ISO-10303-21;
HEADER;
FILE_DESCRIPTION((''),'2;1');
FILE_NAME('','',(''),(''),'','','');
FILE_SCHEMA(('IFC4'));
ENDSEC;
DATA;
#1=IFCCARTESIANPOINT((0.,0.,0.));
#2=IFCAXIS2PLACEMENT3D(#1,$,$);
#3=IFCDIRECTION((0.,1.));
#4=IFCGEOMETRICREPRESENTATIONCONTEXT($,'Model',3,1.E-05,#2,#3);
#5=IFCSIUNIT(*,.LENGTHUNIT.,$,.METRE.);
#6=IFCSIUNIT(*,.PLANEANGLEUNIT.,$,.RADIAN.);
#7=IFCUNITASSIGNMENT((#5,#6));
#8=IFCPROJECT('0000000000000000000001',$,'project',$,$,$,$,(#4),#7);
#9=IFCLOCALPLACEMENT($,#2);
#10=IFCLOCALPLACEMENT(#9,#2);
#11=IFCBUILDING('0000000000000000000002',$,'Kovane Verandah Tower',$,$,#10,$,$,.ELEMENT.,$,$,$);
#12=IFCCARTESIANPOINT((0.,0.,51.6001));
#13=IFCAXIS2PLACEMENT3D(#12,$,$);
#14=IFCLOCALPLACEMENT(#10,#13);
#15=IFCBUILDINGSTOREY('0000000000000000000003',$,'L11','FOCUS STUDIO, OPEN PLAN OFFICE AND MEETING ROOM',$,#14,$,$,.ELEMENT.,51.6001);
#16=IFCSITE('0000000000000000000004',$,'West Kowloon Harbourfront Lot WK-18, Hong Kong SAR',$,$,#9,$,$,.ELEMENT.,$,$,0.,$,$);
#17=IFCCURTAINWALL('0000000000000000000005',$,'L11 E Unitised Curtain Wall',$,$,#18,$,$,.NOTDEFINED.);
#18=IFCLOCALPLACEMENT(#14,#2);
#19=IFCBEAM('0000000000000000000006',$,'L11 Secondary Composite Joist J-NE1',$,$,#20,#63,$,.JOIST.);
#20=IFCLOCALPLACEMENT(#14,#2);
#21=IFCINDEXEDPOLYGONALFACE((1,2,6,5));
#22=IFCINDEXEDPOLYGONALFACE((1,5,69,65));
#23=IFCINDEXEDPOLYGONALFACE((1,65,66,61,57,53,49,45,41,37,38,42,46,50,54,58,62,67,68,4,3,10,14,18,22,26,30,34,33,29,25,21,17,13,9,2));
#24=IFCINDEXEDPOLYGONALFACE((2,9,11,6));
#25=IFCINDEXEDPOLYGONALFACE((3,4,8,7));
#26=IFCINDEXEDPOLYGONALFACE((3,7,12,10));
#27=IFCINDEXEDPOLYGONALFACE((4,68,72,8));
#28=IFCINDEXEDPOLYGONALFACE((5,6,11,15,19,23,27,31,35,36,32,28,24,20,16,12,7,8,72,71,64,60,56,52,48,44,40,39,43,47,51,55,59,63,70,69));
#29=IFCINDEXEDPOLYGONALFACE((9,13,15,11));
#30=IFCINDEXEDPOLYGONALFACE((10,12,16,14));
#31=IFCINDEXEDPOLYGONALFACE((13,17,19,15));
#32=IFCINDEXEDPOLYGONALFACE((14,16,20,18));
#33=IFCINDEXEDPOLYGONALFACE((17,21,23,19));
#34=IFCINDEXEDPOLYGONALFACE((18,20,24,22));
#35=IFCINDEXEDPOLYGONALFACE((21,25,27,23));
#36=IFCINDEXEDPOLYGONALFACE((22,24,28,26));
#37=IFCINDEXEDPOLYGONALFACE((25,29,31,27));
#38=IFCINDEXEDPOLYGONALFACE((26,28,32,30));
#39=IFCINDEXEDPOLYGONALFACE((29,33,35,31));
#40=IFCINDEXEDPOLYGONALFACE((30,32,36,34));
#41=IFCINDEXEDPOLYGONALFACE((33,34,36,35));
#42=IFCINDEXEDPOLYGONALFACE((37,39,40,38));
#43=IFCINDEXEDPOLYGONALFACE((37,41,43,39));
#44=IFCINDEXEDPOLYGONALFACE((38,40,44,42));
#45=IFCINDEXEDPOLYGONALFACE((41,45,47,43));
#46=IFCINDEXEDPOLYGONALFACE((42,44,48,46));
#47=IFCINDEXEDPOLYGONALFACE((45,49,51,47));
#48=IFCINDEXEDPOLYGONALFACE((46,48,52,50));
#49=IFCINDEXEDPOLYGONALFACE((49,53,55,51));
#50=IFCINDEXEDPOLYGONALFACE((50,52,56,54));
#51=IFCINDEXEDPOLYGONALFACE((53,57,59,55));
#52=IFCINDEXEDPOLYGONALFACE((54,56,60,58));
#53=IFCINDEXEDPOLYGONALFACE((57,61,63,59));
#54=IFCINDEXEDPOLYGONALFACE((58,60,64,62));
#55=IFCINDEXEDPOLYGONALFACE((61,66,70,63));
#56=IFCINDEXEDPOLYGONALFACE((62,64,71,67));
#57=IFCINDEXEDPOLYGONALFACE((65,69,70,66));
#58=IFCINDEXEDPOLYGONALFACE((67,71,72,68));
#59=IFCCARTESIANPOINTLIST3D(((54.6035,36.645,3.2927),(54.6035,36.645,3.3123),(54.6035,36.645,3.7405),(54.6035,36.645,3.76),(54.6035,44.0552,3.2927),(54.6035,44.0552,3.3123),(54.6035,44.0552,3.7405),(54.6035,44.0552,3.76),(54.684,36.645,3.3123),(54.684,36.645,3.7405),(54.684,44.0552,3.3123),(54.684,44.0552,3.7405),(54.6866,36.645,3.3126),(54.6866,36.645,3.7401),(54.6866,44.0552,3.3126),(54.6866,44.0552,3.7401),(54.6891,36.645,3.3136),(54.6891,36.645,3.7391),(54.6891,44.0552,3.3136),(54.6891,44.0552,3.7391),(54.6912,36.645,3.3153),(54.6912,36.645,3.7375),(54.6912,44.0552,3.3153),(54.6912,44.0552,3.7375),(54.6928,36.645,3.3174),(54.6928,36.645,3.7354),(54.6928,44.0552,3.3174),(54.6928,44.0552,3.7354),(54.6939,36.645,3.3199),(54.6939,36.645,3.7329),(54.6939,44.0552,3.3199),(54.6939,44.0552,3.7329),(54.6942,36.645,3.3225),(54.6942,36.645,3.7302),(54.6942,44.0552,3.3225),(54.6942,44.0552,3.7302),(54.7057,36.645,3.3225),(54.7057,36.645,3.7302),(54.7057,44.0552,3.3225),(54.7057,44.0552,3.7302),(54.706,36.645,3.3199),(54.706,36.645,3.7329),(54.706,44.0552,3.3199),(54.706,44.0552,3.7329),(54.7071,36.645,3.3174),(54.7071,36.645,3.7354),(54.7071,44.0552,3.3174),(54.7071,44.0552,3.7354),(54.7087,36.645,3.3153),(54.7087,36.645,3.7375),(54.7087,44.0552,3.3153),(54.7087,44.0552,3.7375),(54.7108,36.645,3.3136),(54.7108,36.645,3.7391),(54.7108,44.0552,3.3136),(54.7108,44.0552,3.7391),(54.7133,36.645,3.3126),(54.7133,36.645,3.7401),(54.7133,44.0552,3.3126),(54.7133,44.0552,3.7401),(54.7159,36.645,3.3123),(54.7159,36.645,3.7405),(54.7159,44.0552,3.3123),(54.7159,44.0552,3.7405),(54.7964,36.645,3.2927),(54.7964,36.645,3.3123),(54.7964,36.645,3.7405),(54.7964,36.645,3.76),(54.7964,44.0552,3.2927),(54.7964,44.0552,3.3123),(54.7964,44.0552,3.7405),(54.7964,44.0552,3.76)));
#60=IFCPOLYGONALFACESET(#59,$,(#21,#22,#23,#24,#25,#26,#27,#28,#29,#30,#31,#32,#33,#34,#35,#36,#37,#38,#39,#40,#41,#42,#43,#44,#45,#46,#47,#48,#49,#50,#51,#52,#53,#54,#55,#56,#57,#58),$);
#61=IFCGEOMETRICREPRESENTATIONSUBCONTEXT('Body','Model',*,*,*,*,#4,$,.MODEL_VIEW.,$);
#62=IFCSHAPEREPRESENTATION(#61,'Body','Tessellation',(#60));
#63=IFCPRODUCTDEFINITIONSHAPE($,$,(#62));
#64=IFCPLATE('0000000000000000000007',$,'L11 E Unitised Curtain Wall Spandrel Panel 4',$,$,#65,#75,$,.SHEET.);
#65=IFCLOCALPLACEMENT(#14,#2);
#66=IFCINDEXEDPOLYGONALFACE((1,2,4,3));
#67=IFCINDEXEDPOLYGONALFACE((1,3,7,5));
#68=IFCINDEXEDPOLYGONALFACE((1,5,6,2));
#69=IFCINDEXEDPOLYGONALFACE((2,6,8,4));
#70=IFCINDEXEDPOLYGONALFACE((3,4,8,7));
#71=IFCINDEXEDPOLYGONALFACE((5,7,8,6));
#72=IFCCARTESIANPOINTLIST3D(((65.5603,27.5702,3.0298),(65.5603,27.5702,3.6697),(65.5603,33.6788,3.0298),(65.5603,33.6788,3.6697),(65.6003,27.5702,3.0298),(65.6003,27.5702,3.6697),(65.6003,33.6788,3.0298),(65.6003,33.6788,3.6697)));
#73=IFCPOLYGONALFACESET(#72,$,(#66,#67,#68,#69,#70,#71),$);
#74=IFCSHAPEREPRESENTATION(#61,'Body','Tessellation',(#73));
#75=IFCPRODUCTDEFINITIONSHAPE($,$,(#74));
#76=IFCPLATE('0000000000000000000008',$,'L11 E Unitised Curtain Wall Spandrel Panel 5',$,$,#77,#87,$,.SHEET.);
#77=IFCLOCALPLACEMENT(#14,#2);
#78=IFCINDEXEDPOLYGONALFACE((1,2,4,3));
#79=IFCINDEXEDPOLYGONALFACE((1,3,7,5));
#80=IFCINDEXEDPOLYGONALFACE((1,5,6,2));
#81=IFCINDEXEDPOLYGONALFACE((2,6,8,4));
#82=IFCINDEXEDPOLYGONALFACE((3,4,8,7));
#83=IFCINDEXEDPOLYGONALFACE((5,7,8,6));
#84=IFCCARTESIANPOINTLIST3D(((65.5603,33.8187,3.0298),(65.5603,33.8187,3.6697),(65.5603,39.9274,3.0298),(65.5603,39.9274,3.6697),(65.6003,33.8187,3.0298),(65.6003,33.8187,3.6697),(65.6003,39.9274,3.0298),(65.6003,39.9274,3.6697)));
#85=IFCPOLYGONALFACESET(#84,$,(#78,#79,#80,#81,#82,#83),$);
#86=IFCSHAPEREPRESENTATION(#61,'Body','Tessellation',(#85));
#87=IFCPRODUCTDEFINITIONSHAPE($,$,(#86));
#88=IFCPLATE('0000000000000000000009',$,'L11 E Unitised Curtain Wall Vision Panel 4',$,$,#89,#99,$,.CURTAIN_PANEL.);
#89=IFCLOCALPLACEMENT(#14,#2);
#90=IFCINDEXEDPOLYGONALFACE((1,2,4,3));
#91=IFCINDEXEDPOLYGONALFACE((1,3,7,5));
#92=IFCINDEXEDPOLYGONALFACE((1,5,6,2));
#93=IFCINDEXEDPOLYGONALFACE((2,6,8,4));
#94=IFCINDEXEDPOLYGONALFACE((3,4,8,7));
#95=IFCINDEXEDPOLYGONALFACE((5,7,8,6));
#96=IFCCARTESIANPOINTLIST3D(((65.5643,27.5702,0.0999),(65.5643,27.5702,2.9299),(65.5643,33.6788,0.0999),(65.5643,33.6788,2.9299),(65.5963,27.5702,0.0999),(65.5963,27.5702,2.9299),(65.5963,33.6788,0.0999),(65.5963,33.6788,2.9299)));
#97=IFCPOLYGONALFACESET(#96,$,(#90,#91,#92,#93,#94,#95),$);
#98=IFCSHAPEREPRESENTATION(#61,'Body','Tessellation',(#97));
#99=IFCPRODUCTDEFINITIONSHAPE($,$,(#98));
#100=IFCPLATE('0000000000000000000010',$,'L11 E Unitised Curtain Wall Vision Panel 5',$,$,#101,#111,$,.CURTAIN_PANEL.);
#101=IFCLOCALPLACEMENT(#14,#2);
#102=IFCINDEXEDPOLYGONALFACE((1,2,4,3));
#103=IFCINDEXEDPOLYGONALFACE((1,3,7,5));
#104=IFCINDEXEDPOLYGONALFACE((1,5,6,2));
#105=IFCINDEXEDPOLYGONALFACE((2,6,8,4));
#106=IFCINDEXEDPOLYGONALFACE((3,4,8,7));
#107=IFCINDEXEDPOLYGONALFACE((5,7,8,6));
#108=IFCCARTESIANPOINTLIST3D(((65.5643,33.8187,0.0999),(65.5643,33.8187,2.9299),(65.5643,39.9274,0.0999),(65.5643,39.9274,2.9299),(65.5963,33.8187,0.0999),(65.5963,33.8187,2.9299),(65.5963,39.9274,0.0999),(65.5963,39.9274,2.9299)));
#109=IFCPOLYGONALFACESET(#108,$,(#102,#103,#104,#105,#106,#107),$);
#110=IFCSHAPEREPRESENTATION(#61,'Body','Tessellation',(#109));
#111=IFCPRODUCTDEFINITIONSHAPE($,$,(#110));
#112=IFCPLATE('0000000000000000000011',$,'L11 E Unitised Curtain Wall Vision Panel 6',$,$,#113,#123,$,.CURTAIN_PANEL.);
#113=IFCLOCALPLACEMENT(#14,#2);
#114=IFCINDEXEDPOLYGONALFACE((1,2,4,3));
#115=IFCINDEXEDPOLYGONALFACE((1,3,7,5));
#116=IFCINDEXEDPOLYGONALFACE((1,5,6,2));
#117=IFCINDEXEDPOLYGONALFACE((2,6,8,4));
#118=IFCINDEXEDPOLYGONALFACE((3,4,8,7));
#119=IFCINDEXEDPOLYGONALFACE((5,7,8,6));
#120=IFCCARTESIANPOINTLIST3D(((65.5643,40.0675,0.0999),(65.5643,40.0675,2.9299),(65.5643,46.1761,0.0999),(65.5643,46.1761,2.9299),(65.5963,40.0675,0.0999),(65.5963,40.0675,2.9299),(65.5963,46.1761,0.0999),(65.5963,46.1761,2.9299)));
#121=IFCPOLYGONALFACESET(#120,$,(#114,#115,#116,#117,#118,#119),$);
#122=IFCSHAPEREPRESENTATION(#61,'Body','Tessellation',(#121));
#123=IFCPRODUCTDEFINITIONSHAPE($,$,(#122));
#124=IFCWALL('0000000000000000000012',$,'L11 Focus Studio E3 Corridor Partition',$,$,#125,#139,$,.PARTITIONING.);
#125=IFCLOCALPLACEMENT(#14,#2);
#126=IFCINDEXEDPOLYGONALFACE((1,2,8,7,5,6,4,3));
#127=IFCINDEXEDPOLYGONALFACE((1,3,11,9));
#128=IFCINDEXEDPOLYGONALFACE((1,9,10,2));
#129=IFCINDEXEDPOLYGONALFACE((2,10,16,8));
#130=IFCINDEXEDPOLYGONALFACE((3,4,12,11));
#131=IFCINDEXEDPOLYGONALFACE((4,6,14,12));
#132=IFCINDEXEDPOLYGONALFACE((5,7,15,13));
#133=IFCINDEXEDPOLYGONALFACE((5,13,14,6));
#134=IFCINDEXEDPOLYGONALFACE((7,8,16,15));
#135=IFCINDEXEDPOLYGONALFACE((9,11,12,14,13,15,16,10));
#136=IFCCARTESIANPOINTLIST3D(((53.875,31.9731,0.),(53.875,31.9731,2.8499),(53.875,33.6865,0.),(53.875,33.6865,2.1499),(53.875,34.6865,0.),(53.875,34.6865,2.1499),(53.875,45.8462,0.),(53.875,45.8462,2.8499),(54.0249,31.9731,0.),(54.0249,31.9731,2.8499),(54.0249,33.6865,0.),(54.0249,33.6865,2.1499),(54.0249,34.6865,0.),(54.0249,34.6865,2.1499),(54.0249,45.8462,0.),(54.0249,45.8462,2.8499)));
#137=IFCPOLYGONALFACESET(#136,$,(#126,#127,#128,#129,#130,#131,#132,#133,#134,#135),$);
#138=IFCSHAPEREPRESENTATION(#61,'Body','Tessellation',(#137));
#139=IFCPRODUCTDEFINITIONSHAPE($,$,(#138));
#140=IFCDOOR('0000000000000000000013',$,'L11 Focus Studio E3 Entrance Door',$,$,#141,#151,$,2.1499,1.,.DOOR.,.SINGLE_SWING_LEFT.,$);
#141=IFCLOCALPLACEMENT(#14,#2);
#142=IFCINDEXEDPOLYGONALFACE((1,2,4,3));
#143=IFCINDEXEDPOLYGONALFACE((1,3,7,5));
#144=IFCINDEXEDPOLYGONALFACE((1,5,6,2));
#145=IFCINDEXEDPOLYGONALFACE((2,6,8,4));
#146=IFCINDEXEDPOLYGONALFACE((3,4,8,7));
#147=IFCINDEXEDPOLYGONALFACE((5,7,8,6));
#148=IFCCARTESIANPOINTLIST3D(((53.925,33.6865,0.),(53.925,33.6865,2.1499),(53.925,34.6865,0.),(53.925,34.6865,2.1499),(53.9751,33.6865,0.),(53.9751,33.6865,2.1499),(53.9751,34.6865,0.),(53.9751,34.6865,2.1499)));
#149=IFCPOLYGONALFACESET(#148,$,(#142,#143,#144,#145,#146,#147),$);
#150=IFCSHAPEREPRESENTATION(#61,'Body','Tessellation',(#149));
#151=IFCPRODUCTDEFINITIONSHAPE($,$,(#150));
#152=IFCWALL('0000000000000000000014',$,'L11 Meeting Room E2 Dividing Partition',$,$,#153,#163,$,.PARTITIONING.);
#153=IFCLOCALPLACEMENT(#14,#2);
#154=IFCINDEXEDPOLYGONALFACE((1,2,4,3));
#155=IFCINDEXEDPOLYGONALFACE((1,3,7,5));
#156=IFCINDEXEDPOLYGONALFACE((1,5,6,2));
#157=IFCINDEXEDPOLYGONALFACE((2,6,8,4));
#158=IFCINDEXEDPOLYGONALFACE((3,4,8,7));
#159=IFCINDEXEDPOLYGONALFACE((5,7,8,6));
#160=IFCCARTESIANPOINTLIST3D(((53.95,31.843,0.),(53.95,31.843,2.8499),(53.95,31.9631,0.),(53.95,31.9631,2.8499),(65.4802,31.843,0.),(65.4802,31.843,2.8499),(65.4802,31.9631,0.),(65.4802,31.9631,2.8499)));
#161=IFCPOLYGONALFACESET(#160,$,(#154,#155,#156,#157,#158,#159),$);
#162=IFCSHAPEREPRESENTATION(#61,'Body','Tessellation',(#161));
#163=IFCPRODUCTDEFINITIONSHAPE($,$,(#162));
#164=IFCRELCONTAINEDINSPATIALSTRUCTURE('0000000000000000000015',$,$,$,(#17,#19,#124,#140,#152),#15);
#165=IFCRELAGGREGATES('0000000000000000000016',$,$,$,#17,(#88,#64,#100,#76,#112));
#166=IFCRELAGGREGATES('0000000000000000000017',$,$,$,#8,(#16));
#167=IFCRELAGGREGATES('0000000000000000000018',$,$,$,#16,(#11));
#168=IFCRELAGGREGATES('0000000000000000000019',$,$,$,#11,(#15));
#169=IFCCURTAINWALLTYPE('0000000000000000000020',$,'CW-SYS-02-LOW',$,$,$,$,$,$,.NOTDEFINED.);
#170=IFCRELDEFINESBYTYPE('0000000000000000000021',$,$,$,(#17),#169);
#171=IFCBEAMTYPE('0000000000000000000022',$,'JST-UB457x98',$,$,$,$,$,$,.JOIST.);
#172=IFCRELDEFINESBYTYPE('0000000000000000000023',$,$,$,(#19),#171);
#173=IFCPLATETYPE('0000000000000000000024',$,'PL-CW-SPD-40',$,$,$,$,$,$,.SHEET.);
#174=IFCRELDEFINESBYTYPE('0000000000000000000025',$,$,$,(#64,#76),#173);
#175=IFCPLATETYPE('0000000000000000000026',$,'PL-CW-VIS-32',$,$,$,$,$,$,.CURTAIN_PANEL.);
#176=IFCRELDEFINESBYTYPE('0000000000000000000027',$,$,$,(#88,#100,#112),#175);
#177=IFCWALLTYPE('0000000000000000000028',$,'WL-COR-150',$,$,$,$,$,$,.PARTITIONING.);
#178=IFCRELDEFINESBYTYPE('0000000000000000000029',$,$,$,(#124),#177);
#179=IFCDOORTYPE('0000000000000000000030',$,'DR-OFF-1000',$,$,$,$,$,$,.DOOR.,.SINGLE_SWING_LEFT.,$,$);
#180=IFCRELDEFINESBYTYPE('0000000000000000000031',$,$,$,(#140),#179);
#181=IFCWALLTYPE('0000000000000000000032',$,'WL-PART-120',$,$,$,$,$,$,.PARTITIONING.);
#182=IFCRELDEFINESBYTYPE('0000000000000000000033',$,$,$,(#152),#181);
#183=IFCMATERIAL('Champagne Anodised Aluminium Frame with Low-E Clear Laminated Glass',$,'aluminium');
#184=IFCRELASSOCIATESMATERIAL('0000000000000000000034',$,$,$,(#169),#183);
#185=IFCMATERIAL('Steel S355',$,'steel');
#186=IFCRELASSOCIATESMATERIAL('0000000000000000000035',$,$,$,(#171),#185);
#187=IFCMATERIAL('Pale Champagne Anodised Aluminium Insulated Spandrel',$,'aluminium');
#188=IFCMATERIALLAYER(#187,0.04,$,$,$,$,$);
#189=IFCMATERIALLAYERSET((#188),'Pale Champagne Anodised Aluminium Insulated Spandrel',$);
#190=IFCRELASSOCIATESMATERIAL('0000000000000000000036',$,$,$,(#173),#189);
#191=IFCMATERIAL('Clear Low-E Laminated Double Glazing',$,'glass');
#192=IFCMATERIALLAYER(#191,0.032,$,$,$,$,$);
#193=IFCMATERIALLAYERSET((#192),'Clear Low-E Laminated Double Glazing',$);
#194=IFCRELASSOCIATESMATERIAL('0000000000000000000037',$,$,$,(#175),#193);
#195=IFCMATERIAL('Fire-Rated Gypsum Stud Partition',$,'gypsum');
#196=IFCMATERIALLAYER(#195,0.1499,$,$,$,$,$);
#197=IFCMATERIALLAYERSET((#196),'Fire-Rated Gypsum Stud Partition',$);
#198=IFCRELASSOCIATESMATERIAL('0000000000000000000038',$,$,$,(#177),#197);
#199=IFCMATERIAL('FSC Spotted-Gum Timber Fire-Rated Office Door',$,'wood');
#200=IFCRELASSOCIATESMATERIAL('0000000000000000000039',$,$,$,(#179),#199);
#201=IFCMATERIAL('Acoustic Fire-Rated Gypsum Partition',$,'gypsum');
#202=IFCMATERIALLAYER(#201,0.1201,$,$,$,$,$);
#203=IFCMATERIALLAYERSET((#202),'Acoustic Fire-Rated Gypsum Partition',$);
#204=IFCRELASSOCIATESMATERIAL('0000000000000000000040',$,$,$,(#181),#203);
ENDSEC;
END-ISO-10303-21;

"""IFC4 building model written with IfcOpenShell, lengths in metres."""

from ifc_helpers import new_model, si_unit, direction, frame, frame_2d, origin, origin_2d, place, context, subcontext, project, spatial, rectangle, i_section, extrude, material, layer, layer_set, material_profile, profile_set, type_object, element, fill, aggregate, save


model = new_model("IFC4")

# Units and contexts
model_context = context("Model", 3, precision=1e-05, world=origin(), true_north=direction((0.0, 1.0)))
body_context = subcontext(model_context, "Body", "Model", "MODEL_VIEW")
ifc_project = project(units=[si_unit("LENGTHUNIT", "METRE"), si_unit("PLANEANGLEUNIT", "RADIAN")], contexts=[model_context])

# Site, building, storey
site_placement = place(None, origin())
site = spatial("IfcSite", under=ifc_project, at=site_placement, Name="West Kowloon Harbourfront Lot WK-18, Hong Kong SAR", CompositionType="ELEMENT", RefElevation=0.0)
building_placement = place(site_placement, origin())
building = spatial("IfcBuilding", under=site, at=building_placement, Name="Kovane Verandah Tower", CompositionType="ELEMENT")
storey_placement = place(building_placement, frame((0.0, 0.0, 51.6001)))
storey = spatial("IfcBuildingStorey", under=building, at=storey_placement, Name="L11", Description="FOCUS STUDIO, OPEN PLAN OFFICE AND MEETING ROOM", CompositionType="ELEMENT", Elevation=51.6001)

# Shared definitions
ifc_material_1 = material(Name="Steel S355", Category="steel")

# Curtain wall
ifc_material_2 = material(Name="Champagne Anodised Aluminium Frame with Low-E Clear Laminated Glass", Category="aluminium")
curtain_wall_type = type_object("IfcCurtainWallType", Name="CW-SYS-02-LOW", PredefinedType="NOTDEFINED", material=ifc_material_2)
curtain_wall_placement = place(storey_placement, origin())
curtain_wall = element("IfcCurtainWall", 1, at=curtain_wall_placement, inside=storey, type_object=curtain_wall_type, Name="L11 E Unitised Curtain Wall", PredefinedType="NOTDEFINED")

# Beam
ifc_material_profile_1 = material_profile(ifc_material_1, i_section(OverallWidth=0.1929, OverallDepth=0.4673, WebThickness=0.0115, FlangeThickness=0.0195, FilletRadius=0.0103, at=origin_2d()), Name="UB457x191x98")
ifc_profile_set_1 = profile_set([ifc_material_profile_1], Name="Steel S355")
beam_type_1 = type_object("IfcBeamType", Name="JST-UB457x98", PredefinedType="JOIST", material=ifc_profile_set_1)
beam_1_placement = place(storey_placement, frame((54.7, 36.645, 3.5264), z_axis=(0.0, 1.0, 0.0), x_axis=(-1.0, 0.0, 0.0)))
element("IfcBeam", 2, at=beam_1_placement, inside=storey, type_object=beam_type_1, Name="L11 Secondary Composite Joist J-NE1", PredefinedType="JOIST", context=body_context, shape_type="SweptSolid", body=[
    extrude(i_section(OverallWidth=0.1929, OverallDepth=0.4673, WebThickness=0.0115, FlangeThickness=0.0195, FilletRadius=0.0103, at=origin_2d()), origin(), (0.0, 0.0, 1.0), 7.4102),
])

# Plates
ifc_material_3 = material(Name="Pale Champagne Anodised Aluminium Insulated Spandrel", Category="aluminium")
ifc_layer_1 = layer(ifc_material_3, 0.04)
ifc_layer_set_1 = layer_set([ifc_layer_1], Name="Pale Champagne Anodised Aluminium Insulated Spandrel")
plate_type_1 = type_object("IfcPlateType", Name="PL-CW-SPD-40", PredefinedType="SHEET", material=ifc_layer_set_1)
plate_1_placement = place(storey_placement, frame((65.5803, 30.6245, 3.0298), z_axis=(0.0, 0.0, 1.0), x_axis=(0.0, 1.0, 0.0)))
plate_1 = element("IfcPlate", 3, at=plate_1_placement, type_object=plate_type_1, Name="L11 E Unitised Curtain Wall Spandrel Panel 4", PredefinedType="SHEET", context=body_context, shape_type="SweptSolid", body=[
    extrude(rectangle(XDim=6.1086, YDim=0.04, at=origin_2d()), origin(), (0.0, 0.0, 1.0), 0.6399),
])
plate_2_placement = place(storey_placement, frame((65.5803, 36.873, 3.0298), z_axis=(0.0, 0.0, 1.0), x_axis=(0.0, 1.0, 0.0)))
plate_2 = element("IfcPlate", 4, at=plate_2_placement, type_object=plate_type_1, Name="L11 E Unitised Curtain Wall Spandrel Panel 5", PredefinedType="SHEET", context=body_context, shape_type="SweptSolid", body=[
    extrude(rectangle(XDim=6.1086, YDim=0.04, at=origin_2d()), origin(), (0.0, 0.0, 1.0), 0.6399),
])
ifc_material_4 = material(Name="Clear Low-E Laminated Double Glazing", Category="glass")
ifc_layer_2 = layer(ifc_material_4, 0.032)
ifc_layer_set_2 = layer_set([ifc_layer_2], Name="Clear Low-E Laminated Double Glazing")
plate_type_2 = type_object("IfcPlateType", Name="PL-CW-VIS-32", PredefinedType="CURTAIN_PANEL", material=ifc_layer_set_2)
plate_3_placement = place(storey_placement, frame((65.5803, 30.6245, 0.0999), z_axis=(0.0, 0.0, 1.0), x_axis=(0.0, 1.0, 0.0)))
plate_3 = element("IfcPlate", 5, at=plate_3_placement, type_object=plate_type_2, Name="L11 E Unitised Curtain Wall Vision Panel 4", PredefinedType="CURTAIN_PANEL", context=body_context, shape_type="SweptSolid", body=[
    extrude(rectangle(XDim=6.1086, YDim=0.032, at=origin_2d()), origin(), (0.0, 0.0, 1.0), 2.8301),
])
plate_4_placement = place(storey_placement, frame((65.5803, 36.873, 0.0999), z_axis=(0.0, 0.0, 1.0), x_axis=(0.0, 1.0, 0.0)))
plate_4 = element("IfcPlate", 6, at=plate_4_placement, type_object=plate_type_2, Name="L11 E Unitised Curtain Wall Vision Panel 5", PredefinedType="CURTAIN_PANEL", context=body_context, shape_type="SweptSolid", body=[
    extrude(rectangle(XDim=6.1086, YDim=0.032, at=origin_2d()), origin(), (0.0, 0.0, 1.0), 2.8301),
])
plate_5_placement = place(storey_placement, frame((65.5803, 43.1218, 0.0999), z_axis=(0.0, 0.0, 1.0), x_axis=(0.0, 1.0, 0.0)))
plate_5 = element("IfcPlate", 7, at=plate_5_placement, type_object=plate_type_2, Name="L11 E Unitised Curtain Wall Vision Panel 6", PredefinedType="CURTAIN_PANEL", context=body_context, shape_type="SweptSolid", body=[
    extrude(rectangle(XDim=6.1086, YDim=0.032, at=origin_2d()), origin(), (0.0, 0.0, 1.0), 2.8301),
])
aggregate(curtain_wall, [plate_3, plate_1, plate_4, plate_2, plate_5])

# Wall, opening, door
ifc_material_5 = material(Name="Fire-Rated Gypsum Stud Partition", Category="gypsum")
ifc_layer_3 = layer(ifc_material_5, 0.1499)
ifc_layer_set_3 = layer_set([ifc_layer_3], Name="Fire-Rated Gypsum Stud Partition")
wall_type_1 = type_object("IfcWallType", Name="WL-COR-150", PredefinedType="PARTITIONING", material=ifc_layer_set_3)
wall_1_placement = place(storey_placement, frame((53.95, 31.9731, 0.0), z_axis=(0.0, 0.0, 1.0), x_axis=(0.0, 1.0, 0.0)))
wall_1 = element("IfcWall", 8, at=wall_1_placement, inside=storey, type_object=wall_type_1, Name="L11 Focus Studio E3 Corridor Partition", PredefinedType="PARTITIONING", context=body_context, shape_type="SweptSolid", body=[
    extrude(rectangle(XDim=13.873, YDim=0.1499, at=frame_2d((6.9365, 0.0))), origin(), (0.0, 0.0, 1.0), 2.8499),
])
opening_placement = place(wall_1_placement, frame((1.7134, 0.0, 0.0)))
opening = element("IfcOpeningElement", 9, at=opening_placement, cuts=wall_1, PredefinedType="OPENING", context=body_context, shape_type="SweptSolid", body=[
    extrude(rectangle(XDim=1.0, YDim=2.1499, at=frame_2d((0.5, 1.075))), frame((0.0, 0.075, 0.0), z_axis=(0.0, -1.0, 0.0), x_axis=(1.0, 0.0, 0.0)), (0.0, 0.0, 1.0), 0.1499),
])
ifc_material_6 = material(Name="FSC Spotted-Gum Timber Fire-Rated Office Door", Category="wood")
door_type = type_object("IfcDoorType", Name="DR-OFF-1000", OperationType="SINGLE_SWING_LEFT", PredefinedType="DOOR", material=ifc_material_6)
door_placement = place(opening_placement, origin())
door = element("IfcDoor", 10, at=door_placement, inside=storey, type_object=door_type, Name="L11 Focus Studio E3 Entrance Door", OperationType="SINGLE_SWING_LEFT", OverallHeight=2.1499, OverallWidth=1.0, PredefinedType="DOOR", context=body_context, shape_type="SweptSolid", body=[
    extrude(rectangle(XDim=1.0, YDim=2.1499, at=frame_2d((0.5, 1.075))), frame((0.0, 0.0249, 0.0), z_axis=(0.0, -1.0, 0.0), x_axis=(1.0, 0.0, 0.0)), (0.0, 0.0, 1.0), 0.05),
])
fill(opening, door)

# Wall
ifc_material_7 = material(Name="Acoustic Fire-Rated Gypsum Partition", Category="gypsum")
ifc_layer_4 = layer(ifc_material_7, 0.1201)
ifc_layer_set_4 = layer_set([ifc_layer_4], Name="Acoustic Fire-Rated Gypsum Partition")
wall_type_2 = type_object("IfcWallType", Name="WL-PART-120", PredefinedType="PARTITIONING", material=ifc_layer_set_4)
wall_2_placement = place(storey_placement, frame((53.95, 31.9031, 0.0), z_axis=(0.0, 0.0, 1.0), x_axis=(1.0, 0.0, 0.0)))
element("IfcWall", 11, at=wall_2_placement, inside=storey, type_object=wall_type_2, Name="L11 Meeting Room E2 Dividing Partition", PredefinedType="PARTITIONING", context=body_context, shape_type="SweptSolid", body=[
    extrude(rectangle(XDim=11.5303, YDim=0.1201, at=frame_2d((5.7651, 0.0))), origin(), (0.0, 0.0, 1.0), 2.8499),
])

save(model, "model.ifc")
